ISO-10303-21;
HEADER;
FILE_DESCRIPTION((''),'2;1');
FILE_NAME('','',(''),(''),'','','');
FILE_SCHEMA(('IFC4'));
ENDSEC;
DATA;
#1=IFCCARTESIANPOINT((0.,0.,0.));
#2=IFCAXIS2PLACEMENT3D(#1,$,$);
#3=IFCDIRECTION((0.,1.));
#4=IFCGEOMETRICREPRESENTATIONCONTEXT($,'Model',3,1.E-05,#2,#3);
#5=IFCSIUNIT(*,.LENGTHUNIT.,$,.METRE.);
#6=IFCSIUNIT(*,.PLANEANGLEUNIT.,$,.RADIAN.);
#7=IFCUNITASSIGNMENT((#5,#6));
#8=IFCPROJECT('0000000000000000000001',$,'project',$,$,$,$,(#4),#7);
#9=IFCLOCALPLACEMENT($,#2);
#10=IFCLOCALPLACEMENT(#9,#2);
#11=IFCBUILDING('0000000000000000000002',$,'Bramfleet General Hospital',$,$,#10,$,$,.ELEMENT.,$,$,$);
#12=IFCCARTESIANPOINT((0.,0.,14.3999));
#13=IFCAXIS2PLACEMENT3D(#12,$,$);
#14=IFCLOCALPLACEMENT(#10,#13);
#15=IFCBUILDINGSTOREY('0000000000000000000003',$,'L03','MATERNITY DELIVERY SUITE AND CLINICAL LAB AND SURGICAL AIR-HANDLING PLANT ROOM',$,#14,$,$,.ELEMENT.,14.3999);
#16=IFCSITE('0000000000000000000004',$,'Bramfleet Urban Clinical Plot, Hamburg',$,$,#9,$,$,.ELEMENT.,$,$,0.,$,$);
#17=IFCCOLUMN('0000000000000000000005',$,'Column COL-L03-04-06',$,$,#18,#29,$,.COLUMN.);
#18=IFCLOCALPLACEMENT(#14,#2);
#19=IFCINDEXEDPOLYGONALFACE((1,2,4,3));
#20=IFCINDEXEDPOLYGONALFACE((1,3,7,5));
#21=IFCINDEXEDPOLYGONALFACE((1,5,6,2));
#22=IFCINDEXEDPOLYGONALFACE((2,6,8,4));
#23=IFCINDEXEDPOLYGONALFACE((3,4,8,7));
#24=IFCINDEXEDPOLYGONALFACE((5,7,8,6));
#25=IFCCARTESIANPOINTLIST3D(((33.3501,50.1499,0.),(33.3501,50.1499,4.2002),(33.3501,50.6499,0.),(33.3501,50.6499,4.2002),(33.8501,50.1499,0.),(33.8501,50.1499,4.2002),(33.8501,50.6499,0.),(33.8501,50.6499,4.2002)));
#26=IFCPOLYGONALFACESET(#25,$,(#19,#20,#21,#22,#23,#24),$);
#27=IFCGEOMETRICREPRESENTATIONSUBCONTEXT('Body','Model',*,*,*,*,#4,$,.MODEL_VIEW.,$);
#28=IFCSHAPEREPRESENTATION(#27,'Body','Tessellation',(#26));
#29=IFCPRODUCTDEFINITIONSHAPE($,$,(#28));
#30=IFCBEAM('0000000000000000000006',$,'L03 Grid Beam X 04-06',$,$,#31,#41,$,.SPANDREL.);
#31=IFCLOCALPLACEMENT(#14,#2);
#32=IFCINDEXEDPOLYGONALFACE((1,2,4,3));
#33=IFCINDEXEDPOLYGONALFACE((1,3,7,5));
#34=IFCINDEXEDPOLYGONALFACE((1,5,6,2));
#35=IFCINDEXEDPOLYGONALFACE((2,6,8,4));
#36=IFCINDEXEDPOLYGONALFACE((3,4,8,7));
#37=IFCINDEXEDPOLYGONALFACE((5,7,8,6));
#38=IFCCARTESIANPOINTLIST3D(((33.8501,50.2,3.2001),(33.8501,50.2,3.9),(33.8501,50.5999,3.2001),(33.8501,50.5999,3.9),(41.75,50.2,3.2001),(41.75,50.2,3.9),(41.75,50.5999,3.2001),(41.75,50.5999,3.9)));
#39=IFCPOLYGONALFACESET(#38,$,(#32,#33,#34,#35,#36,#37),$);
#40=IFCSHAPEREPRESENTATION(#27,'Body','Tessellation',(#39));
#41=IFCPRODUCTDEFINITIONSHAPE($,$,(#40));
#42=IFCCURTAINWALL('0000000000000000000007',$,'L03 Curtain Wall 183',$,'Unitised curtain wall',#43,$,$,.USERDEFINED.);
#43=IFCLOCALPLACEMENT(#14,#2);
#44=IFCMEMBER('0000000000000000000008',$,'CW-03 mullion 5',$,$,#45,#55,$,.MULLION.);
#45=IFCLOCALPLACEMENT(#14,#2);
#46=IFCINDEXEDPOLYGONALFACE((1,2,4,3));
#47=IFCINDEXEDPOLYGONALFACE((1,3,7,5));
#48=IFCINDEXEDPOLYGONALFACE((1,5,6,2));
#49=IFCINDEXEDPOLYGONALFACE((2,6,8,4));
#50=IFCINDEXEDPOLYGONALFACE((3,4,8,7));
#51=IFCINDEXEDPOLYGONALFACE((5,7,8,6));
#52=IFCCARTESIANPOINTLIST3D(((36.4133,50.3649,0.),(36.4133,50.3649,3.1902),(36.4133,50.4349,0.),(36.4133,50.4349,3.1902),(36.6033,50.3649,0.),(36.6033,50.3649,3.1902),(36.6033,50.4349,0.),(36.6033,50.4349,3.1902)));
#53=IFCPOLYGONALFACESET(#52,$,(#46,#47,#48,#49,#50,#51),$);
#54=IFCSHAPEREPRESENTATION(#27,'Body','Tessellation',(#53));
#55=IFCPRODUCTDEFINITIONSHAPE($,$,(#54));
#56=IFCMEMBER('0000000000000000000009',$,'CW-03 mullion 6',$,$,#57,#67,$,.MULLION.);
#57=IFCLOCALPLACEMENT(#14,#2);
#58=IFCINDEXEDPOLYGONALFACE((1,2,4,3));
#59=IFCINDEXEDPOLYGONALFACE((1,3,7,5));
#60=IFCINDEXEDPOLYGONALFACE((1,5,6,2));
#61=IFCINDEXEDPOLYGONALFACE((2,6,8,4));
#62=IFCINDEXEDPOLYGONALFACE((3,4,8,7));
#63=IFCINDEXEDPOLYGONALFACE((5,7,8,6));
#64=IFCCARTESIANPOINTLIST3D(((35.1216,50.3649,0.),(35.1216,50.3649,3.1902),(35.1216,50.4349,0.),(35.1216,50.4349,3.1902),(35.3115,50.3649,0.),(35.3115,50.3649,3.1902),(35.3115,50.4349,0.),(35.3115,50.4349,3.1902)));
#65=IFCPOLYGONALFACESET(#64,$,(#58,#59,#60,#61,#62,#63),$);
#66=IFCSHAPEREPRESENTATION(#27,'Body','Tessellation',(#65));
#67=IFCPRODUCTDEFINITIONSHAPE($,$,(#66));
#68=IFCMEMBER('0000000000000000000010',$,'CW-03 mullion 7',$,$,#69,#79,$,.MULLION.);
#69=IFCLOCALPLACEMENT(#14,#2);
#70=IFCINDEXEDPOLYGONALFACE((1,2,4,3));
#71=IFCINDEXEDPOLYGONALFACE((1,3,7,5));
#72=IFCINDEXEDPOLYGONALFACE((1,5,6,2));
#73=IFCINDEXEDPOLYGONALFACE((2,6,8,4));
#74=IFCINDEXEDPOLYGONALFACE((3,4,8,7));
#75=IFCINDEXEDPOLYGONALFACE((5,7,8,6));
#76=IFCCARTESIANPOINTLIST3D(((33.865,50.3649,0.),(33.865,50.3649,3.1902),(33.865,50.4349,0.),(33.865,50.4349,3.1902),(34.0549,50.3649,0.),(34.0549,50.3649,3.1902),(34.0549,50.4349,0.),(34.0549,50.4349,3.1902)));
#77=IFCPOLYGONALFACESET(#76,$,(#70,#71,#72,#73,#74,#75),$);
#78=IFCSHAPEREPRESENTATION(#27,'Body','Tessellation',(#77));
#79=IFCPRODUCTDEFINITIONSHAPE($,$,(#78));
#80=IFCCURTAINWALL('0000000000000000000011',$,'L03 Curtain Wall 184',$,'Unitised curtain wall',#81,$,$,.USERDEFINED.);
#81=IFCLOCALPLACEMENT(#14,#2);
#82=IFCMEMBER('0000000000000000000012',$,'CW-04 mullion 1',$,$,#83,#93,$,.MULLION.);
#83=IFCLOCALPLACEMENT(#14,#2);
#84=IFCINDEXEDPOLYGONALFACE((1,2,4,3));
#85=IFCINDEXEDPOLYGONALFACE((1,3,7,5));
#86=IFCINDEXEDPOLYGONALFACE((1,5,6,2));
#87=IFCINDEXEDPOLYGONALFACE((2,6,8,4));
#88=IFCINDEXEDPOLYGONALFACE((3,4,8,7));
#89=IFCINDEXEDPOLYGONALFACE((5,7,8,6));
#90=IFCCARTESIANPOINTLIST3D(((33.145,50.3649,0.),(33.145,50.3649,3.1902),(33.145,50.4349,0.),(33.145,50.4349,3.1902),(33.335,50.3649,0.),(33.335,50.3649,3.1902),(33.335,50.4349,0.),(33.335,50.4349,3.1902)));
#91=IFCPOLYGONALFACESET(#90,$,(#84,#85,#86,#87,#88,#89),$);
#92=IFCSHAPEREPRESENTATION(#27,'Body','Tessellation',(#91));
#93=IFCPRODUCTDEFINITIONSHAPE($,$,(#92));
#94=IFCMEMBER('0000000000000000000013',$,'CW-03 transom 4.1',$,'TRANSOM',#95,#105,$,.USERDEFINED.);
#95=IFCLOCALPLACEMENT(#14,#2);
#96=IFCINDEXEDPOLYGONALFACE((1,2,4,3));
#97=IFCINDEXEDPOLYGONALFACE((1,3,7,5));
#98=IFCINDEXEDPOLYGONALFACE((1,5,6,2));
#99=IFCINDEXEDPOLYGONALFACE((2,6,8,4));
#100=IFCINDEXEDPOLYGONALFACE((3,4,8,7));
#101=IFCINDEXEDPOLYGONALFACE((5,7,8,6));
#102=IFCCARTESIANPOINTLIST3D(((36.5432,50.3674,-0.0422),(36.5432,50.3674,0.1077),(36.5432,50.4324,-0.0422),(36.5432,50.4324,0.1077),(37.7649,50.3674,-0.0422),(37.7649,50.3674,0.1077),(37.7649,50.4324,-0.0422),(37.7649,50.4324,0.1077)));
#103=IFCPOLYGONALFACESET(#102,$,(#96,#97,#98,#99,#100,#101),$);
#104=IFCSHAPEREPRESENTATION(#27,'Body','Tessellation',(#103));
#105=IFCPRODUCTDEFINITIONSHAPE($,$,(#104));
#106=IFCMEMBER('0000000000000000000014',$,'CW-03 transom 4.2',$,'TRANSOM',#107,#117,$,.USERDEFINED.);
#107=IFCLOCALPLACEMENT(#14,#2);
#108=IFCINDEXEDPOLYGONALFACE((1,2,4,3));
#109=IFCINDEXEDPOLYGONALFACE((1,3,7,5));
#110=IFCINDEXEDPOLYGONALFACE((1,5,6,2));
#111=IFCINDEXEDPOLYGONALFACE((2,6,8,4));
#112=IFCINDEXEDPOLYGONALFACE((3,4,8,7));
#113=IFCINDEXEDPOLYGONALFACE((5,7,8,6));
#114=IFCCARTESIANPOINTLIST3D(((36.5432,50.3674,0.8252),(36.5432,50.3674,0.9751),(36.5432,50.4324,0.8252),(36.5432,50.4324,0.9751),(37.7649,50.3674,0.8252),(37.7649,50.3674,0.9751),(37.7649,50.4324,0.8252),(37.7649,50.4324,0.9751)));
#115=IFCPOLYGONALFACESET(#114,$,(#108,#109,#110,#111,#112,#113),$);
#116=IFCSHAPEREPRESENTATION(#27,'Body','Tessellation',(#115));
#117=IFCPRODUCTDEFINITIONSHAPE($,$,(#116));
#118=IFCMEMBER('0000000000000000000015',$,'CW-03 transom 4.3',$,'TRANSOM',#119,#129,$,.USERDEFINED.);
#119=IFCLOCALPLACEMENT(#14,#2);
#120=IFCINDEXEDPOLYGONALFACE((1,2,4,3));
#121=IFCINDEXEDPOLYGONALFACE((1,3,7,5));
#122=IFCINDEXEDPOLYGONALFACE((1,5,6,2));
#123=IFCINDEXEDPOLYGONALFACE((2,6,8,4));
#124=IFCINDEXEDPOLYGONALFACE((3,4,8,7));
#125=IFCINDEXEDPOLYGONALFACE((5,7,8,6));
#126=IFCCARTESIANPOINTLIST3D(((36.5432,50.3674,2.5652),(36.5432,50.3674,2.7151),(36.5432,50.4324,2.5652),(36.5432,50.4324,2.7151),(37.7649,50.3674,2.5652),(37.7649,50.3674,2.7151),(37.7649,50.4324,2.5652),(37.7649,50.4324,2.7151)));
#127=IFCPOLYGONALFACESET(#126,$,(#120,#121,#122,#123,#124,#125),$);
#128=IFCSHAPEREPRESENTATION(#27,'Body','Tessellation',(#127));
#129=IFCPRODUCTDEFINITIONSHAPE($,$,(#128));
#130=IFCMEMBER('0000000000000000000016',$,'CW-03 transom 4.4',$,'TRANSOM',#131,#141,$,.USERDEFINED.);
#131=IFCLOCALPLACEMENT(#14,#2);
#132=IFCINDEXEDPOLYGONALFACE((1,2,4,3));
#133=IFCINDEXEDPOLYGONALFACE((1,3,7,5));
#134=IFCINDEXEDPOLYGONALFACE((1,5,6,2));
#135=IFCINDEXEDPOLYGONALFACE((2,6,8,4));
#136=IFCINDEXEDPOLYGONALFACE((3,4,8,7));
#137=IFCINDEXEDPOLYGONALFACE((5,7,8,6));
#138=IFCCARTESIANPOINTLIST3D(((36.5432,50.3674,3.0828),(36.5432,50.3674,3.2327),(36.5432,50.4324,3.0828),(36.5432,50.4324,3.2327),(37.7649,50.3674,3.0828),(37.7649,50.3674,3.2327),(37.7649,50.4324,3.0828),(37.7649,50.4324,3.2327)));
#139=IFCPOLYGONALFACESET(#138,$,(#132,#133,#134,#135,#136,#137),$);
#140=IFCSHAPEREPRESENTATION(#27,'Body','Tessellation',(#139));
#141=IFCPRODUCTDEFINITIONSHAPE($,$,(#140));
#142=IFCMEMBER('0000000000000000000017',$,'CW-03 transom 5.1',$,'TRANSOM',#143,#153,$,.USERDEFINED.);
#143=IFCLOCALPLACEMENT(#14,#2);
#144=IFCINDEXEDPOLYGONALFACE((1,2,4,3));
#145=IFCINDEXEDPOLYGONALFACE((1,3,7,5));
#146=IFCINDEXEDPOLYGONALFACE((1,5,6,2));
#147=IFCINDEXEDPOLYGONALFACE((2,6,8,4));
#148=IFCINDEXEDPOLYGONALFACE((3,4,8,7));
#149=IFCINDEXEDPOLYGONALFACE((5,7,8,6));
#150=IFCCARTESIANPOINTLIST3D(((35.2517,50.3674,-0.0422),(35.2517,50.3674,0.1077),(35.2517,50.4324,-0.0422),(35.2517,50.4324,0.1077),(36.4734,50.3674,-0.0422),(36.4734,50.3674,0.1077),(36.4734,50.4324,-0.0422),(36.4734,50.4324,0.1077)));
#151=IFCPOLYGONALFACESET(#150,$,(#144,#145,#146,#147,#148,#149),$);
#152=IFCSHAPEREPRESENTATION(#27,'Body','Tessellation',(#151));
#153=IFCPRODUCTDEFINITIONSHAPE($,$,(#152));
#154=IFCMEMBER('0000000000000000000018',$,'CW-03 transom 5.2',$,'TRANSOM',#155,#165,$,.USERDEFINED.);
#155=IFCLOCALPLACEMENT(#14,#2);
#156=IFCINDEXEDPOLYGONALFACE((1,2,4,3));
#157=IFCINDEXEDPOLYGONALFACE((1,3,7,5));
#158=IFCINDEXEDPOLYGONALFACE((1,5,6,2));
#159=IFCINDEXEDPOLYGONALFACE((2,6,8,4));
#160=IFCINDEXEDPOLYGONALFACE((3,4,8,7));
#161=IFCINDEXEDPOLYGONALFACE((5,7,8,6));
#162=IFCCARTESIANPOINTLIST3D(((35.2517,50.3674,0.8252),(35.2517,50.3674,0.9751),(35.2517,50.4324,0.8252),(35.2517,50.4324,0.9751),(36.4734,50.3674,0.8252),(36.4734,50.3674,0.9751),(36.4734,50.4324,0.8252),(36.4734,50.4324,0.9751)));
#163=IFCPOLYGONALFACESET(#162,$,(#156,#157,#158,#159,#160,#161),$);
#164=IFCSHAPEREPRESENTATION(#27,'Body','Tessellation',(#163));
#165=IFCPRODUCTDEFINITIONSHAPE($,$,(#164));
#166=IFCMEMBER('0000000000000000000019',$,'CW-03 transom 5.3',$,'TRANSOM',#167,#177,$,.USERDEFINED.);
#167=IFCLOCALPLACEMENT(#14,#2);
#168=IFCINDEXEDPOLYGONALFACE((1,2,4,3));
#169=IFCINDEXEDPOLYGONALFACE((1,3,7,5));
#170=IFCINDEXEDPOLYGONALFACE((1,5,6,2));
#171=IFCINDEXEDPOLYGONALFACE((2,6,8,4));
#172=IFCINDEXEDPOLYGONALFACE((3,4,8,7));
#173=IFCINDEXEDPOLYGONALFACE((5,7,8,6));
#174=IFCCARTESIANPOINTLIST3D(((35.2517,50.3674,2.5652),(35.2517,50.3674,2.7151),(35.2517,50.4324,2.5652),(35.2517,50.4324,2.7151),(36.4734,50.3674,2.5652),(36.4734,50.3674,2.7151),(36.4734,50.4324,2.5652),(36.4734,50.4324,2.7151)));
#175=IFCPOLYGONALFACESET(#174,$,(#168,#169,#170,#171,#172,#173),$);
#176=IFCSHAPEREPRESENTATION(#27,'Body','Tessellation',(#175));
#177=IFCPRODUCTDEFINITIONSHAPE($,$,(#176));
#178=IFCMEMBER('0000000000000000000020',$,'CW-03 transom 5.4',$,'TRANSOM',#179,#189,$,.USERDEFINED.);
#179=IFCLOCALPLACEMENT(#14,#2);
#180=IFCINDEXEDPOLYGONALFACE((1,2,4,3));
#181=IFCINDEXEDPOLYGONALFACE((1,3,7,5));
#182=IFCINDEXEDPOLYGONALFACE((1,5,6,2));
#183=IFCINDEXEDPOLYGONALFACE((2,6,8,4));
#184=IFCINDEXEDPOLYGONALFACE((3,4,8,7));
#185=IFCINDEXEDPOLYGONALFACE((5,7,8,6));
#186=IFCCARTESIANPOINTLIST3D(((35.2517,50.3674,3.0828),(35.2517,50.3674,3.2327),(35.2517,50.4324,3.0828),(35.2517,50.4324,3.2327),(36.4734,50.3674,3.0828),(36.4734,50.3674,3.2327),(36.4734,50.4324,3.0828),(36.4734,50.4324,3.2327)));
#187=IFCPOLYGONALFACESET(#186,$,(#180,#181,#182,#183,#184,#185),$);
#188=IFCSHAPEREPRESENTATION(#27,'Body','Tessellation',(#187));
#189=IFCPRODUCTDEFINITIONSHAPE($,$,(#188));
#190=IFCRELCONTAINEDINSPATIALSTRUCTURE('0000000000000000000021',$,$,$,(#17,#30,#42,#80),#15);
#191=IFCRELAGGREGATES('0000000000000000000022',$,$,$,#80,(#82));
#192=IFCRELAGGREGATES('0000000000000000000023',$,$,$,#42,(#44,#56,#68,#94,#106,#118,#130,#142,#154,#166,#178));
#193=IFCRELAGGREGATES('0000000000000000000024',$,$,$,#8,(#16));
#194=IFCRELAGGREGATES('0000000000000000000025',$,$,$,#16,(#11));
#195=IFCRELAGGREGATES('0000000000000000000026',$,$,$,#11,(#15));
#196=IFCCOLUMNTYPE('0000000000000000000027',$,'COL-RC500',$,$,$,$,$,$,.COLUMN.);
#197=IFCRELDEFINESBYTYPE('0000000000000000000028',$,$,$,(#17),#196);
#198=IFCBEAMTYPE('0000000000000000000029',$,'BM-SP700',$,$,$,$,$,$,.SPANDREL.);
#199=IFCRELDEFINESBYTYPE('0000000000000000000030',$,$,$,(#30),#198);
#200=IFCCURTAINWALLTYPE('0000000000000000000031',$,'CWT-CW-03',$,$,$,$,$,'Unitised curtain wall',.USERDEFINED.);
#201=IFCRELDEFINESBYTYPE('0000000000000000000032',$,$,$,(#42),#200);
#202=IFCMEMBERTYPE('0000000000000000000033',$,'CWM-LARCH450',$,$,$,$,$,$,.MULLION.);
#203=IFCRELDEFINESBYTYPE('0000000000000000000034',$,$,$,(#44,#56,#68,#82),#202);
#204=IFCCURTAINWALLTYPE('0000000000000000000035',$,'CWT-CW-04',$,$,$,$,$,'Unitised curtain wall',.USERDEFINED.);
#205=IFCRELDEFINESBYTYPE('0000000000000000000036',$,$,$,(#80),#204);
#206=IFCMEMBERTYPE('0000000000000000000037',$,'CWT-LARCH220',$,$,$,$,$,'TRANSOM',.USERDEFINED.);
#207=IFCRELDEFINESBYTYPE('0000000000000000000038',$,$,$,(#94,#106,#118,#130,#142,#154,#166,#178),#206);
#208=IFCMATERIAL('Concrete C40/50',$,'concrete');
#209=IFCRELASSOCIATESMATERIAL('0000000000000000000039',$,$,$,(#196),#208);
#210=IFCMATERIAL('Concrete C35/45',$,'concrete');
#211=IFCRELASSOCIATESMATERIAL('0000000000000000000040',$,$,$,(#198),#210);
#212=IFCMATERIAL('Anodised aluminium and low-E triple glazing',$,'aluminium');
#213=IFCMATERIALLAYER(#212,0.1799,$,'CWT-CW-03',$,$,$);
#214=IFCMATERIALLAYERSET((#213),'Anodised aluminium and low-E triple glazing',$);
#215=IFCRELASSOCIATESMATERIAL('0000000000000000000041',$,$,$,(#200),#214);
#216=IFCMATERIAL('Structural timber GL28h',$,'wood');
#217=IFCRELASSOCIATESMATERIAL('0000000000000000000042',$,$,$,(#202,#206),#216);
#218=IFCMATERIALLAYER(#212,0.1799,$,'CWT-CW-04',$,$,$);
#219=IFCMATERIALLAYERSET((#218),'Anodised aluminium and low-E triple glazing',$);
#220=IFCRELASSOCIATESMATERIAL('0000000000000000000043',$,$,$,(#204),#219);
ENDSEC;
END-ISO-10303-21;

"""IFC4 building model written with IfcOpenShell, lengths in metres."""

from ifc_helpers import new_model, si_unit, direction, frame, origin, origin_2d, place, context, subcontext, project, spatial, rectangle, extrude, material, layer, layer_set, material_profile, profile_set, type_object, element, aggregate, save


model = new_model("IFC4")

# Units and contexts
model_context = context("Model", 3, precision=1e-05, world=origin(), true_north=direction((0.0, 1.0)))
body_context = subcontext(model_context, "Body", "Model", "MODEL_VIEW")
ifc_project = project(units=[si_unit("LENGTHUNIT", "METRE"), si_unit("PLANEANGLEUNIT", "RADIAN")], contexts=[model_context])

# Site, building, storey
site_placement = place(None, origin())
site = spatial("IfcSite", under=ifc_project, at=site_placement, Name="Bramfleet Urban Clinical Plot, Hamburg", CompositionType="ELEMENT", RefElevation=0.0)
building_placement = place(site_placement, origin())
building = spatial("IfcBuilding", under=site, at=building_placement, Name="Bramfleet General Hospital", CompositionType="ELEMENT")
storey_placement = place(building_placement, frame((0.0, 0.0, 14.3999)))
storey = spatial("IfcBuildingStorey", under=building, at=storey_placement, Name="L03", Description="MATERNITY DELIVERY SUITE AND CLINICAL LAB AND SURGICAL AIR-HANDLING PLANT ROOM", CompositionType="ELEMENT", Elevation=14.3999)

# Column
ifc_material_1 = material(Name="Concrete C40/50", Category="concrete")
ifc_material_profile_1 = material_profile(ifc_material_1, rectangle(XDim=0.5, YDim=0.5, at=origin_2d()), Name="RC COL 500x500")
ifc_profile_set_1 = profile_set([ifc_material_profile_1], Name="Concrete C40/50")
column_type = type_object("IfcColumnType", Name="COL-RC500", PredefinedType="COLUMN", material=ifc_profile_set_1)
column_placement = place(storey_placement, frame((33.6001, 50.3999, 0.0), z_axis=(0.0, 0.0, 1.0), x_axis=(1.0, 0.0, 0.0)))
element("IfcColumn", 1, at=column_placement, inside=storey, type_object=column_type, Name="Column COL-L03-04-06", PredefinedType="COLUMN", context=body_context, shape_type="SweptSolid", body=[
    extrude(rectangle(XDim=0.5, YDim=0.5, at=origin_2d()), origin(), (0.0, 0.0, 1.0), 4.2002),
])

# Beam
ifc_material_2 = material(Name="Concrete C35/45", Category="concrete")
ifc_material_profile_2 = material_profile(ifc_material_2, rectangle(XDim=0.3999, YDim=0.7, at=origin_2d()), Name="RC SP 700x400")
ifc_profile_set_2 = profile_set([ifc_material_profile_2], Name="Concrete C35/45")
beam_type = type_object("IfcBeamType", Name="BM-SP700", PredefinedType="SPANDREL", material=ifc_profile_set_2)
beam_placement = place(storey_placement, frame((33.8501, 50.3999, 3.55), z_axis=(1.0, 0.0, 0.0), x_axis=(0.0, 1.0, 0.0)))
element("IfcBeam", 2, at=beam_placement, inside=storey, type_object=beam_type, Name="L03 Grid Beam X 04-06", PredefinedType="SPANDREL", context=body_context, shape_type="SweptSolid", body=[
    extrude(rectangle(XDim=0.3999, YDim=0.7, at=origin_2d()), origin(), (0.0, 0.0, 1.0), 7.8999),
])

# Curtain wall, members
ifc_material_3 = material(Name="Anodised aluminium and low-E triple glazing", Category="aluminium")
ifc_layer_1 = layer(ifc_material_3, 0.1799, Name="CWT-CW-03")
ifc_layer_set_1 = layer_set([ifc_layer_1], Name="Anodised aluminium and low-E triple glazing")
curtain_wall_type_1 = type_object("IfcCurtainWallType", Name="CWT-CW-03", ElementType="Unitised curtain wall", PredefinedType="USERDEFINED", material=ifc_layer_set_1)
curtain_wall_1_placement = place(storey_placement, origin())
curtain_wall_1 = element("IfcCurtainWall", 3, at=curtain_wall_1_placement, inside=storey, type_object=curtain_wall_type_1, Name="L03 Curtain Wall 183", ObjectType="Unitised curtain wall", PredefinedType="USERDEFINED")
ifc_material_4 = material(Name="Structural timber GL28h", Category="wood")
ifc_material_profile_3 = material_profile(ifc_material_4, rectangle(XDim=0.0701, YDim=0.1899, at=origin_2d()), Name="LARCH 190x70")
ifc_profile_set_3 = profile_set([ifc_material_profile_3], Name="Structural timber GL28h")
member_type_1 = type_object("IfcMemberType", Name="CWM-LARCH450", PredefinedType="MULLION", material=ifc_profile_set_3)
member_1_placement = place(storey_placement, frame((36.5083, 50.3999, 0.0), z_axis=(0.0, 0.0, 1.0), x_axis=(0.0, -1.0, 0.0)))
member_1 = element("IfcMember", 4, at=member_1_placement, type_object=member_type_1, Name="CW-03 mullion 5", PredefinedType="MULLION", context=body_context, shape_type="SweptSolid", body=[
    extrude(rectangle(XDim=0.0701, YDim=0.1899, at=origin_2d()), origin(), (0.0, 0.0, 1.0), 3.1902),
])
member_2_placement = place(storey_placement, frame((35.2166, 50.3999, 0.0), z_axis=(0.0, 0.0, 1.0), x_axis=(0.0, -1.0, 0.0)))
member_2 = element("IfcMember", 5, at=member_2_placement, type_object=member_type_1, Name="CW-03 mullion 6", PredefinedType="MULLION", context=body_context, shape_type="SweptSolid", body=[
    extrude(rectangle(XDim=0.0701, YDim=0.1899, at=origin_2d()), origin(), (0.0, 0.0, 1.0), 3.1902),
])
member_3_placement = place(storey_placement, frame((33.96, 50.3999, 0.0), z_axis=(0.0, 0.0, 1.0), x_axis=(0.0, -1.0, 0.0)))
member_3 = element("IfcMember", 6, at=member_3_placement, type_object=member_type_1, Name="CW-03 mullion 7", PredefinedType="MULLION", context=body_context, shape_type="SweptSolid", body=[
    extrude(rectangle(XDim=0.0701, YDim=0.1899, at=origin_2d()), origin(), (0.0, 0.0, 1.0), 3.1902),
])

# Curtain wall, member
ifc_layer_2 = layer(ifc_material_3, 0.1799, Name="CWT-CW-04")
ifc_layer_set_2 = layer_set([ifc_layer_2], Name="Anodised aluminium and low-E triple glazing")
curtain_wall_type_2 = type_object("IfcCurtainWallType", Name="CWT-CW-04", ElementType="Unitised curtain wall", PredefinedType="USERDEFINED", material=ifc_layer_set_2)
curtain_wall_2_placement = place(storey_placement, origin())
curtain_wall_2 = element("IfcCurtainWall", 7, at=curtain_wall_2_placement, inside=storey, type_object=curtain_wall_type_2, Name="L03 Curtain Wall 184", ObjectType="Unitised curtain wall", PredefinedType="USERDEFINED")
member_4_placement = place(storey_placement, frame((33.24, 50.3999, 0.0), z_axis=(0.0, 0.0, 1.0), x_axis=(0.0, -1.0, 0.0)))
member_4 = element("IfcMember", 8, at=member_4_placement, type_object=member_type_1, Name="CW-04 mullion 1", PredefinedType="MULLION", context=body_context, shape_type="SweptSolid", body=[
    extrude(rectangle(XDim=0.0701, YDim=0.1899, at=origin_2d()), origin(), (0.0, 0.0, 1.0), 3.1902),
])

# Members
ifc_material_profile_4 = material_profile(ifc_material_4, rectangle(XDim=0.0649, YDim=0.1499, at=origin_2d()), Name="LARCH 150x65")
ifc_profile_set_4 = profile_set([ifc_material_profile_4], Name="Structural timber GL28h")
member_type_2 = type_object("IfcMemberType", Name="CWT-LARCH220", ElementType="TRANSOM", PredefinedType="USERDEFINED", material=ifc_profile_set_4)
member_5_placement = place(storey_placement, frame((37.7649, 50.3999, 0.0327), z_axis=(-1.0, 0.0, 0.0), x_axis=(0.0, -1.0, 0.0)))
member_5 = element("IfcMember", 9, at=member_5_placement, type_object=member_type_2, Name="CW-03 transom 4.1", ObjectType="TRANSOM", PredefinedType="USERDEFINED", context=body_context, shape_type="SweptSolid", body=[
    extrude(rectangle(XDim=0.0649, YDim=0.1499, at=origin_2d()), origin(), (0.0, 0.0, 1.0), 1.2217),
])
member_6_placement = place(storey_placement, frame((37.7649, 50.3999, 0.9001), z_axis=(-1.0, 0.0, 0.0), x_axis=(0.0, -1.0, 0.0)))
member_6 = element("IfcMember", 10, at=member_6_placement, type_object=member_type_2, Name="CW-03 transom 4.2", ObjectType="TRANSOM", PredefinedType="USERDEFINED", context=body_context, shape_type="SweptSolid", body=[
    extrude(rectangle(XDim=0.0649, YDim=0.1499, at=origin_2d()), origin(), (0.0, 0.0, 1.0), 1.2217),
])
member_7_placement = place(storey_placement, frame((37.7649, 50.3999, 2.6401), z_axis=(-1.0, 0.0, 0.0), x_axis=(0.0, -1.0, 0.0)))
member_7 = element("IfcMember", 11, at=member_7_placement, type_object=member_type_2, Name="CW-03 transom 4.3", ObjectType="TRANSOM", PredefinedType="USERDEFINED", context=body_context, shape_type="SweptSolid", body=[
    extrude(rectangle(XDim=0.0649, YDim=0.1499, at=origin_2d()), origin(), (0.0, 0.0, 1.0), 1.2217),
])
member_8_placement = place(storey_placement, frame((37.7649, 50.3999, 3.1577), z_axis=(-1.0, 0.0, 0.0), x_axis=(0.0, -1.0, 0.0)))
member_8 = element("IfcMember", 12, at=member_8_placement, type_object=member_type_2, Name="CW-03 transom 4.4", ObjectType="TRANSOM", PredefinedType="USERDEFINED", context=body_context, shape_type="SweptSolid", body=[
    extrude(rectangle(XDim=0.0649, YDim=0.1499, at=origin_2d()), origin(), (0.0, 0.0, 1.0), 1.2217),
])
member_9_placement = place(storey_placement, frame((36.4734, 50.3999, 0.0327), z_axis=(-1.0, 0.0, 0.0), x_axis=(0.0, -1.0, 0.0)))
member_9 = element("IfcMember", 13, at=member_9_placement, type_object=member_type_2, Name="CW-03 transom 5.1", ObjectType="TRANSOM", PredefinedType="USERDEFINED", context=body_context, shape_type="SweptSolid", body=[
    extrude(rectangle(XDim=0.0649, YDim=0.1499, at=origin_2d()), origin(), (0.0, 0.0, 1.0), 1.2217),
])
member_10_placement = place(storey_placement, frame((36.4734, 50.3999, 0.9001), z_axis=(-1.0, 0.0, 0.0), x_axis=(0.0, -1.0, 0.0)))
member_10 = element("IfcMember", 14, at=member_10_placement, type_object=member_type_2, Name="CW-03 transom 5.2", ObjectType="TRANSOM", PredefinedType="USERDEFINED", context=body_context, shape_type="SweptSolid", body=[
    extrude(rectangle(XDim=0.0649, YDim=0.1499, at=origin_2d()), origin(), (0.0, 0.0, 1.0), 1.2217),
])
member_11_placement = place(storey_placement, frame((36.4734, 50.3999, 2.6401), z_axis=(-1.0, 0.0, 0.0), x_axis=(0.0, -1.0, 0.0)))
member_11 = element("IfcMember", 15, at=member_11_placement, type_object=member_type_2, Name="CW-03 transom 5.3", ObjectType="TRANSOM", PredefinedType="USERDEFINED", context=body_context, shape_type="SweptSolid", body=[
    extrude(rectangle(XDim=0.0649, YDim=0.1499, at=origin_2d()), origin(), (0.0, 0.0, 1.0), 1.2217),
])
member_12_placement = place(storey_placement, frame((36.4734, 50.3999, 3.1577), z_axis=(-1.0, 0.0, 0.0), x_axis=(0.0, -1.0, 0.0)))
member_12 = element("IfcMember", 16, at=member_12_placement, type_object=member_type_2, Name="CW-03 transom 5.4", ObjectType="TRANSOM", PredefinedType="USERDEFINED", context=body_context, shape_type="SweptSolid", body=[
    extrude(rectangle(XDim=0.0649, YDim=0.1499, at=origin_2d()), origin(), (0.0, 0.0, 1.0), 1.2217),
])
aggregate(curtain_wall_2, [member_4])

aggregate(curtain_wall_1, [member_1, member_2, member_3, member_5, member_6, member_7, member_8, member_9, member_10, member_11, member_12])

save(model, "model.ifc")
